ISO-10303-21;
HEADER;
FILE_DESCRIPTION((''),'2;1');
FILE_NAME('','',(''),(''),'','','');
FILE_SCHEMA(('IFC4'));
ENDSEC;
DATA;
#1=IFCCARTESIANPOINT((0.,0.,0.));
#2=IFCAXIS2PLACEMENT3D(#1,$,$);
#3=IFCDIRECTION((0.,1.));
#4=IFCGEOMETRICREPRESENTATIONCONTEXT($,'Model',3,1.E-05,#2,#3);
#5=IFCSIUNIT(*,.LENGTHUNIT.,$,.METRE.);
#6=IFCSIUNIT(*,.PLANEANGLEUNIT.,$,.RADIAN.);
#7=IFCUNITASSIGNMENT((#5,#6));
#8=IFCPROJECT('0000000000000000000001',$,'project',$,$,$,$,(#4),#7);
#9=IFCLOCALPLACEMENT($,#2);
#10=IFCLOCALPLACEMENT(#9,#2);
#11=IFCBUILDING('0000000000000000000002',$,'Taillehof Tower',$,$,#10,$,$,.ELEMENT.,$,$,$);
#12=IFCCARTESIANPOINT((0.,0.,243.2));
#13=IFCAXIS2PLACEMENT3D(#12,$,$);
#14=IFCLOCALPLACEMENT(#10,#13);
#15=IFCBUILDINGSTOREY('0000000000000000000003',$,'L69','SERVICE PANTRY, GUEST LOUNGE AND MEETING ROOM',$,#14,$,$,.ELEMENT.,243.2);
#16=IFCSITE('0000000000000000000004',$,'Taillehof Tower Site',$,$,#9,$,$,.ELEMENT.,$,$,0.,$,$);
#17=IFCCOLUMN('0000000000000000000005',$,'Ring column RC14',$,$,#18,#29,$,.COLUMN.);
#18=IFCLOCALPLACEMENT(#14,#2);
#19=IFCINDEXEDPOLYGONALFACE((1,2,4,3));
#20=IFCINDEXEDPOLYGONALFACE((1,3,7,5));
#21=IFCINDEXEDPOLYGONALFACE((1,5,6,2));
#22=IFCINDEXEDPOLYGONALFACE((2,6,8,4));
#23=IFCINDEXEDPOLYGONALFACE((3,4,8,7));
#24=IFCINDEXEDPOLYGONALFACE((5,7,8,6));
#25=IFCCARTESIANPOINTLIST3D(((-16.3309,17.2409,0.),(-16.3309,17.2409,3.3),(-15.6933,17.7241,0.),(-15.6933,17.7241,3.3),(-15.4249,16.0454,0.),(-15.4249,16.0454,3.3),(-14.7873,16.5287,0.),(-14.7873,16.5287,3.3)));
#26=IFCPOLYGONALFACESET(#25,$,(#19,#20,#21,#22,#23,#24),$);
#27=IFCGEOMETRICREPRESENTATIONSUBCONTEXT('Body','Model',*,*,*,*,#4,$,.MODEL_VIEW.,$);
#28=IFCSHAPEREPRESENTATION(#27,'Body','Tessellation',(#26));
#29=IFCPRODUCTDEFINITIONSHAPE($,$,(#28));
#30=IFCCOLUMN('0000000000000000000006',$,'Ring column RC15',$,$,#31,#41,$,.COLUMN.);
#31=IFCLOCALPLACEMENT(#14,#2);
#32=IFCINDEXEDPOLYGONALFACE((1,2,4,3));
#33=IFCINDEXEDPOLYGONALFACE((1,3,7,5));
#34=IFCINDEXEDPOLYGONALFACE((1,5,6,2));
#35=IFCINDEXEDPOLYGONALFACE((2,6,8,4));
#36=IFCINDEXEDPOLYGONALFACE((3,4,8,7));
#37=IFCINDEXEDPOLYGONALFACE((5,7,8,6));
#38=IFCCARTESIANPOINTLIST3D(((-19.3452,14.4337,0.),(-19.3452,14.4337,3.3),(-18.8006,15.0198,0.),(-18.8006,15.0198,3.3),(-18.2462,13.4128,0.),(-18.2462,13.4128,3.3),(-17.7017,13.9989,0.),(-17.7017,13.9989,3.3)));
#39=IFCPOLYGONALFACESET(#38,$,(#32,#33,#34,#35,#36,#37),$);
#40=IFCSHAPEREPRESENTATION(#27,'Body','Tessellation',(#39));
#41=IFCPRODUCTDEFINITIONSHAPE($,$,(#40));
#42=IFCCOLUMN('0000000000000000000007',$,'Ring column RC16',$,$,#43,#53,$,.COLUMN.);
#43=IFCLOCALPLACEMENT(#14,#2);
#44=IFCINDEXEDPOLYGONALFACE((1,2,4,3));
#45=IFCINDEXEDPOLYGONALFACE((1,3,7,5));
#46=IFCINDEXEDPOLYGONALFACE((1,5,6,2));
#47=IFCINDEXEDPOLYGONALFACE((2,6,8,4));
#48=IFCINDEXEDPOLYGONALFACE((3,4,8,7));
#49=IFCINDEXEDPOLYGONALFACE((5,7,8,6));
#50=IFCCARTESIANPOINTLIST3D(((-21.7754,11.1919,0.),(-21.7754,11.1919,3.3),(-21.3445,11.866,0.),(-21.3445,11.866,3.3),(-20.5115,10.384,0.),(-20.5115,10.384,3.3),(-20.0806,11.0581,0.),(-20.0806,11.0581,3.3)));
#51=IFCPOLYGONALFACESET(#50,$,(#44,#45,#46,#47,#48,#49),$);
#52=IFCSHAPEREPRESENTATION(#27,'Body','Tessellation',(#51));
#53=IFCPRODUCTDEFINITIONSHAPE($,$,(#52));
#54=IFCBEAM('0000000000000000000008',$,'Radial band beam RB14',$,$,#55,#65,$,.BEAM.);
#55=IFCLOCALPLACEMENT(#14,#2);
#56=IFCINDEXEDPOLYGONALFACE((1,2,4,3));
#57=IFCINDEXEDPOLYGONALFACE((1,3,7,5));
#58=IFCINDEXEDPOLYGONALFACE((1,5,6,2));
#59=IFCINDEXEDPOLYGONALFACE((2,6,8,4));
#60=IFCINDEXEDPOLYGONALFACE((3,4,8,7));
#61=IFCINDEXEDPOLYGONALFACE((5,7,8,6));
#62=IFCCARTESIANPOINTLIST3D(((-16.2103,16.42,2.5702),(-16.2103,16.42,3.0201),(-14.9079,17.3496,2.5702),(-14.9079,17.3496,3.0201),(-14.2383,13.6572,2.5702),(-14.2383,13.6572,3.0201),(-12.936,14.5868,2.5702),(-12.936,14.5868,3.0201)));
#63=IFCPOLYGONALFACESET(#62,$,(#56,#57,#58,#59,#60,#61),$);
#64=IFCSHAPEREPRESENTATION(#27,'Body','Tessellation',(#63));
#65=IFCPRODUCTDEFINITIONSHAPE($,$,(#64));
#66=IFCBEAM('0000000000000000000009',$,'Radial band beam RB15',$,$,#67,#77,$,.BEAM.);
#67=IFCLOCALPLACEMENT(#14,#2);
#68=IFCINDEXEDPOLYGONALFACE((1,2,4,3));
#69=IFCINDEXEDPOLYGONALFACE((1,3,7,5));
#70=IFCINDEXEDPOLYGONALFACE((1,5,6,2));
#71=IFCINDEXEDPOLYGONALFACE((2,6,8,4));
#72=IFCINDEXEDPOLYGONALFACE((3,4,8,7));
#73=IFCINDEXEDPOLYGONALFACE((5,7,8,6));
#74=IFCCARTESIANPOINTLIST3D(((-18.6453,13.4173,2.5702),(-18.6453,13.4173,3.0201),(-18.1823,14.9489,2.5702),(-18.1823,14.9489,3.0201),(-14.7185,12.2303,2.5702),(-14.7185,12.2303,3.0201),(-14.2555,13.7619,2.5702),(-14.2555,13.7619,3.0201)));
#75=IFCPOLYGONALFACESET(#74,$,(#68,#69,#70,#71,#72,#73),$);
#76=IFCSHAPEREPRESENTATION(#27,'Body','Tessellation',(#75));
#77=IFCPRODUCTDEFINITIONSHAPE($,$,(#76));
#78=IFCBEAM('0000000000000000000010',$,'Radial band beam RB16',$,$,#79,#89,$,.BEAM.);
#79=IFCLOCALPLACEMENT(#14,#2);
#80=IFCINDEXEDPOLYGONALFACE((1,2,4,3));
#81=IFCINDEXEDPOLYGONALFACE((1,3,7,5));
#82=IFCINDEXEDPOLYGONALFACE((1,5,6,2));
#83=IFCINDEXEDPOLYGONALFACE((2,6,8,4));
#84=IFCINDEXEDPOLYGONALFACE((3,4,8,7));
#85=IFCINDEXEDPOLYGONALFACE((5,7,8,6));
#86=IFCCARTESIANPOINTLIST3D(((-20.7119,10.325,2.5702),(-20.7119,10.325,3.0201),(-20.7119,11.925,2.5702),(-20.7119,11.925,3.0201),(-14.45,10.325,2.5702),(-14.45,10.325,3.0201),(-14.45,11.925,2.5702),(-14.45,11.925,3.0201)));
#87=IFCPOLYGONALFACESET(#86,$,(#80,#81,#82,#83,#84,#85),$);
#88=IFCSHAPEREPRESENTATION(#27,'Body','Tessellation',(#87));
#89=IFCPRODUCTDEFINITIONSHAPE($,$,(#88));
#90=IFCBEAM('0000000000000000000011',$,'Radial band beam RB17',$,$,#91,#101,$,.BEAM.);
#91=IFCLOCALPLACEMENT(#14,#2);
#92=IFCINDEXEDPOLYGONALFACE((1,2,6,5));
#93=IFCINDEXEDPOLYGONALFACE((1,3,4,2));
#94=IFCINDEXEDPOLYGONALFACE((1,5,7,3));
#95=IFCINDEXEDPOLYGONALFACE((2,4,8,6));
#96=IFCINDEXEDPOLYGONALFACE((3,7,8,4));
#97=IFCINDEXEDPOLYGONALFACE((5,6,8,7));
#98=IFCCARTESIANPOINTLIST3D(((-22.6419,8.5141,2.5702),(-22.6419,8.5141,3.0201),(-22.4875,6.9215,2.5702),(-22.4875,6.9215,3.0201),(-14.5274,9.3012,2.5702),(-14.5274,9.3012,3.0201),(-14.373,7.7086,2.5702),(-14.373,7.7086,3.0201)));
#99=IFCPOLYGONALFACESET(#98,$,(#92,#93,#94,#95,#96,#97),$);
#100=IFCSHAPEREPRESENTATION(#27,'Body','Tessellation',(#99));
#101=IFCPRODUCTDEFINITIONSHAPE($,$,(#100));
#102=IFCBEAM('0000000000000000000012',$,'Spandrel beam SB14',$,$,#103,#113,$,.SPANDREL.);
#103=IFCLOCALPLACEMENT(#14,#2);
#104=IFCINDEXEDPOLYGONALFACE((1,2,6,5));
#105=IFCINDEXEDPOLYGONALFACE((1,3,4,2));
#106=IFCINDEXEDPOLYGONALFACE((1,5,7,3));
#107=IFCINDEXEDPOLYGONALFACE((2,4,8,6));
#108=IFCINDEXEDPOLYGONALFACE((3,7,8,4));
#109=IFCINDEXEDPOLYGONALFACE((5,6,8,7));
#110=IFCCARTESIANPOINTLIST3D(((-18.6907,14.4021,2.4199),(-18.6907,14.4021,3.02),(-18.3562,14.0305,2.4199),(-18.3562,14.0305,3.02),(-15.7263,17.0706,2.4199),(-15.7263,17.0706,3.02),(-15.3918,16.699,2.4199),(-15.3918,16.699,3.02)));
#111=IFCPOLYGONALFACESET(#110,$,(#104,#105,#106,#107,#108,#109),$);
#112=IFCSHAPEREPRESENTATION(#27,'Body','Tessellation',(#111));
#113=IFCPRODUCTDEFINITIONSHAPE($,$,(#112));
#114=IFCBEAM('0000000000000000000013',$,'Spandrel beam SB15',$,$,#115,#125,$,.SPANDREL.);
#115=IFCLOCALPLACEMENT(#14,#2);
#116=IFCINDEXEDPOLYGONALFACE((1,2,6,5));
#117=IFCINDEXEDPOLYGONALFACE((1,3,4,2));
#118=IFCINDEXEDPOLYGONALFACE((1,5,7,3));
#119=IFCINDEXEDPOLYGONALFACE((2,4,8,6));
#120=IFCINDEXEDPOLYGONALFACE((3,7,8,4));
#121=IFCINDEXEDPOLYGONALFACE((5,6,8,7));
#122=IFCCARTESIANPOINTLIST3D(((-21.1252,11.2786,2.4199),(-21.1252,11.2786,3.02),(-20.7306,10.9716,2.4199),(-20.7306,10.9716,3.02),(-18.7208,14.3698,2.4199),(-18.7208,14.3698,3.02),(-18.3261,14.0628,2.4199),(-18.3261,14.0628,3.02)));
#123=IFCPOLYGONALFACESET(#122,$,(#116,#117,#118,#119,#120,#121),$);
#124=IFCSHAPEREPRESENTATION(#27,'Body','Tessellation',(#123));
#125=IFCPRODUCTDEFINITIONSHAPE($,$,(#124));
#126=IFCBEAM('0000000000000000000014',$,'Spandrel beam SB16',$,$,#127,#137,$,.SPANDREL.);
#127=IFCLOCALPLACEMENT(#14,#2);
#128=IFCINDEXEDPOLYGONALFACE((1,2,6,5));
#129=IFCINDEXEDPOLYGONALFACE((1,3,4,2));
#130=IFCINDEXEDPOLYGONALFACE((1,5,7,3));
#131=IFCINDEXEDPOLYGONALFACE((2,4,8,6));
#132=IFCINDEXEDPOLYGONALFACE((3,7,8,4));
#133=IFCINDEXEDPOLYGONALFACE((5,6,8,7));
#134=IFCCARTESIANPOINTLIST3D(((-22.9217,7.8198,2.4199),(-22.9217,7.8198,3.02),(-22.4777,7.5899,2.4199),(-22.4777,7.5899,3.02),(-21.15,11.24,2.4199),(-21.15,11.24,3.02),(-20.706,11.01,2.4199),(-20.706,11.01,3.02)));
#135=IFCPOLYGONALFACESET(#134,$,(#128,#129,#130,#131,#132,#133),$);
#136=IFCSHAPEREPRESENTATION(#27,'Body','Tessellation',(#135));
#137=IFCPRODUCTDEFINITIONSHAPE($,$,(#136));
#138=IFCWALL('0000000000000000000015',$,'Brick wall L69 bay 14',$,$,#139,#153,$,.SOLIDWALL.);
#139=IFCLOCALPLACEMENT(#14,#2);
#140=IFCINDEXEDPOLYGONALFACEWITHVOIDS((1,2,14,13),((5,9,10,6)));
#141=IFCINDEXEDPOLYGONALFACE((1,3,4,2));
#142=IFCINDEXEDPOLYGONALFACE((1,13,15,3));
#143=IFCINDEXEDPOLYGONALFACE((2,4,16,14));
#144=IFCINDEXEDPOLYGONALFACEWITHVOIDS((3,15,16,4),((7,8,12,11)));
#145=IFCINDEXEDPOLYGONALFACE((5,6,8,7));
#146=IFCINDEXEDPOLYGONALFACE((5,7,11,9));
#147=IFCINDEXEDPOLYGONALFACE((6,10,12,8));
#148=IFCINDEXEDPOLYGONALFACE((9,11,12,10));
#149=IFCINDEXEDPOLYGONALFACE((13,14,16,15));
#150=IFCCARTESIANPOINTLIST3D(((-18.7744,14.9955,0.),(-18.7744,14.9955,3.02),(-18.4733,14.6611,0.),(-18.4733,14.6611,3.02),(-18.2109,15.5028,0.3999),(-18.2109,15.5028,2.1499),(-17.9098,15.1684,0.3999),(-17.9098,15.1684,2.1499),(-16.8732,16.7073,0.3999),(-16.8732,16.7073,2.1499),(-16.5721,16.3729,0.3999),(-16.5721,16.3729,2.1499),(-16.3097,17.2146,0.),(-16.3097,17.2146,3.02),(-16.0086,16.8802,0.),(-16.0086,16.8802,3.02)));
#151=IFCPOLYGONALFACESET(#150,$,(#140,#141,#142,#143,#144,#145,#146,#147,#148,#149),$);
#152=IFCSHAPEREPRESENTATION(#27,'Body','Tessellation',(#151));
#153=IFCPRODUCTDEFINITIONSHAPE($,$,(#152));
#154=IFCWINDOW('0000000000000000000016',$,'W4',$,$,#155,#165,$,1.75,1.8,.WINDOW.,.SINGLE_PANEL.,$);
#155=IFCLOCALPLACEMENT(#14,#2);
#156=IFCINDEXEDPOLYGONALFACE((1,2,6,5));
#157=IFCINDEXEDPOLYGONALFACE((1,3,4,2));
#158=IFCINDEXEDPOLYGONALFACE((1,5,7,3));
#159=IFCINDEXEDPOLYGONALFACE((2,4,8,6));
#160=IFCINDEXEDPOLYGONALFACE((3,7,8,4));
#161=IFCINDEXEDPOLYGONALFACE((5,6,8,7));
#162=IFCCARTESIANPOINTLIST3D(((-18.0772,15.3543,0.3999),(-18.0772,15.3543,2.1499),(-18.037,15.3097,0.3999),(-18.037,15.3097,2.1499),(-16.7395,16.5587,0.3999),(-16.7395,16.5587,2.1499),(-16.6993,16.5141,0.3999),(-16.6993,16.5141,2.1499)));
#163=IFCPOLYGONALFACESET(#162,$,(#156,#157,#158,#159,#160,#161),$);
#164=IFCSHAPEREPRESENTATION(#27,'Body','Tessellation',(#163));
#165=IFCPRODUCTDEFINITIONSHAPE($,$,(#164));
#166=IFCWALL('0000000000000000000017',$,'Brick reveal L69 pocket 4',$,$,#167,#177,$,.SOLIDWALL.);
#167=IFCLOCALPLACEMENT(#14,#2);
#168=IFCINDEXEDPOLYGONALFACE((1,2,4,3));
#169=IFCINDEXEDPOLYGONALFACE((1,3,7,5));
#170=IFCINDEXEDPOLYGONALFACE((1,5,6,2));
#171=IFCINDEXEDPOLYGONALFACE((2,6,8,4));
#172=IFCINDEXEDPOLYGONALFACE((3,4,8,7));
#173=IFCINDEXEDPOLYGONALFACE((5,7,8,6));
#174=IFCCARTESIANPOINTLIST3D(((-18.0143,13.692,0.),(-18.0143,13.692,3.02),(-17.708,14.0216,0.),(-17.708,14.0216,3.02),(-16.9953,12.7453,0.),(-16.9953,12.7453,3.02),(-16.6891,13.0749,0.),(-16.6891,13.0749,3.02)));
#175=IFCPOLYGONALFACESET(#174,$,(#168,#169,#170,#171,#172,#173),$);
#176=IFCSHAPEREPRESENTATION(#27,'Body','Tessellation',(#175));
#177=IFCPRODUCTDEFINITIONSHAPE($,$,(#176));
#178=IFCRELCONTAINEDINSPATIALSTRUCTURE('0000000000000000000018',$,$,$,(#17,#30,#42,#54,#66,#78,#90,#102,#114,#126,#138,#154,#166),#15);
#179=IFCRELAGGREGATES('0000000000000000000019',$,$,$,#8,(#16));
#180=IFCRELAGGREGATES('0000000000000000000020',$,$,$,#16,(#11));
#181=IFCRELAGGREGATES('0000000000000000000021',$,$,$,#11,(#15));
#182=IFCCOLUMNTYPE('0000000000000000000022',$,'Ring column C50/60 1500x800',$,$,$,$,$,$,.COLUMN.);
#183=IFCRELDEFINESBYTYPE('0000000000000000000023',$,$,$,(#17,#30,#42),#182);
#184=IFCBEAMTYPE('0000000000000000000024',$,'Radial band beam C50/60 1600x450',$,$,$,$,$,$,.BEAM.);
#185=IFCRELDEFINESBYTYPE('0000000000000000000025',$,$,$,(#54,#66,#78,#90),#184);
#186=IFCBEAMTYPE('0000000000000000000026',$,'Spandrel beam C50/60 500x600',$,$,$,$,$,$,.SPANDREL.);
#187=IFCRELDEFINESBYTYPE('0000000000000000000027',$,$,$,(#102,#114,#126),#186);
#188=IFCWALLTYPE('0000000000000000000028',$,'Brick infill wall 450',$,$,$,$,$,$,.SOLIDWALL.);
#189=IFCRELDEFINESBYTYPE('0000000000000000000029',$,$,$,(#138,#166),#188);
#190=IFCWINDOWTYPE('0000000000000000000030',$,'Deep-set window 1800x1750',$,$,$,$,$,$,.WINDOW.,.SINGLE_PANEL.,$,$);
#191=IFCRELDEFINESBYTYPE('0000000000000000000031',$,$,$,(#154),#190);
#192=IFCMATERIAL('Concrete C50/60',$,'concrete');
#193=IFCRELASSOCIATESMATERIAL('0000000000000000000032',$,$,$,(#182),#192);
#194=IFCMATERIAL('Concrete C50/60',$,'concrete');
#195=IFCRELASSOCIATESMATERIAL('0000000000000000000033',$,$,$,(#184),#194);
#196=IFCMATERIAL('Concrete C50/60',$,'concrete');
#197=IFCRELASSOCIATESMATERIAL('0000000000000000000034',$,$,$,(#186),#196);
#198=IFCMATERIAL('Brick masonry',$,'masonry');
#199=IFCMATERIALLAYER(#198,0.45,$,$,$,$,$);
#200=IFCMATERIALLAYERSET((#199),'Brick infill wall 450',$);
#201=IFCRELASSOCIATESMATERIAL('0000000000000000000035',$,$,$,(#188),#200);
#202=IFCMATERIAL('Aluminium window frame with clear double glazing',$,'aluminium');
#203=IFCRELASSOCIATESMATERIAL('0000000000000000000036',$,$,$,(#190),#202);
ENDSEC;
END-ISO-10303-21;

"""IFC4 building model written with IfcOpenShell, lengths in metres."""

from ifc_helpers import new_model, si_unit, direction, frame, frame_2d, origin, origin_2d, place, context, subcontext, project, spatial, rectangle, extrude, material, layer, layer_set, material_profile, profile_set, type_object, element, fill, save


model = new_model("IFC4")

# Units and contexts
model_context = context("Model", 3, precision=1e-05, world=origin(), true_north=direction((0.0, 1.0)))
body_context = subcontext(model_context, "Body", "Model", "MODEL_VIEW")
ifc_project = project(units=[si_unit("LENGTHUNIT", "METRE"), si_unit("PLANEANGLEUNIT", "RADIAN")], contexts=[model_context])

# Site, building, storey
site_placement = place(None, origin())
site = spatial("IfcSite", under=ifc_project, at=site_placement, Name="Taillehof Tower Site", CompositionType="ELEMENT", RefElevation=0.0)
building_placement = place(site_placement, origin())
building = spatial("IfcBuilding", under=site, at=building_placement, Name="Taillehof Tower", CompositionType="ELEMENT")
storey_placement = place(building_placement, frame((0.0, 0.0, 243.2)))
storey = spatial("IfcBuildingStorey", under=building, at=storey_placement, Name="L69", Description="SERVICE PANTRY, GUEST LOUNGE AND MEETING ROOM", CompositionType="ELEMENT", Elevation=243.2)

# Columns
ifc_material_1 = material(Name="Concrete C50/60", Category="concrete")
ifc_material_profile_1 = material_profile(ifc_material_1, rectangle(XDim=1.5, YDim=0.8, at=origin_2d()), Name="RC 1500x800")
ifc_profile_set_1 = profile_set([ifc_material_profile_1], Name="Concrete C50/60")
column_type = type_object("IfcColumnType", Name="Ring column C50/60 1500x800", PredefinedType="COLUMN", material=ifc_profile_set_1)
for number, where, z_axis, x_axis, name in (
    (1, (-15.5591, 16.8848, 0.0), (0.0, 0.0, 1.0), (-0.60402, 0.796969, 0.0), "Ring column RC14"),
    (2, (-18.5234, 14.2163, 0.0), (0.0, 0.0, 1.0), (-0.732636, 0.680621, 0.0), "Ring column RC15"),
    (3, (-20.928, 11.125, 0.0), (0.0, 0.0, 1.0), (-0.842574, 0.538581, 0.0), "Ring column RC16"),
):
    element("IfcColumn", number, at=place(storey_placement, frame(where, z_axis=z_axis, x_axis=x_axis)), inside=storey, type_object=column_type, Name=name, PredefinedType="COLUMN", context=body_context, shape_type="SweptSolid", body=[
        extrude(rectangle(XDim=1.5, YDim=0.8, at=origin_2d()), origin(), (0.0, 0.0, 1.0), 3.3),
    ])

# Beams
ifc_material_2 = material(Name="Concrete C50/60", Category="concrete")
ifc_material_profile_2 = material_profile(ifc_material_2, rectangle(XDim=1.6001, YDim=0.45, at=origin_2d()), Name="RC 1600x450")
ifc_profile_set_2 = profile_set([ifc_material_profile_2], Name="Concrete C50/60")
beam_type_1 = type_object("IfcBeamType", Name="Radial band beam C50/60 1600x450", PredefinedType="BEAM", material=ifc_profile_set_2)
beam_1_placement = place(storey_placement, frame((-15.5591, 16.8848, 2.7952), z_axis=(0.580959, -0.813933, 0.0), x_axis=(0.813933, 0.580959, 0.0)))
element("IfcBeam", 4, at=beam_1_placement, inside=storey, type_object=beam_type_1, Name="Radial band beam RB14", PredefinedType="BEAM", context=body_context, shape_type="SweptSolid", body=[
    extrude(rectangle(XDim=1.6001, YDim=0.45, at=origin_2d()), origin(), (0.0, 0.0, 1.0), 3.3943),
])
beam_2_placement = place(storey_placement, frame((-18.4138, 14.1831, 2.7952), z_axis=(0.957221, -0.289357, 0.0), x_axis=(0.289357, 0.957221, 0.0)))
element("IfcBeam", 5, at=beam_2_placement, inside=storey, type_object=beam_type_1, Name="Radial band beam RB15", PredefinedType="BEAM", context=body_context, shape_type="SweptSolid", body=[
    extrude(rectangle(XDim=1.6001, YDim=0.45, at=origin_2d()), origin(), (0.0, 0.0, 1.0), 4.1023),
])
beam_3_placement = place(storey_placement, frame((-20.7119, 11.125, 2.7952), z_axis=(1.0, 0.0, 0.0), x_axis=(0.0, 1.0, 0.0)))
element("IfcBeam", 6, at=beam_3_placement, inside=storey, type_object=beam_type_1, Name="Radial band beam RB16", PredefinedType="BEAM", context=body_context, shape_type="SweptSolid", body=[
    extrude(rectangle(XDim=1.6001, YDim=0.45, at=origin_2d()), origin(), (0.0, 0.0, 1.0), 6.262),
])
beam_4_placement = place(storey_placement, frame((-22.5647, 7.7178, 2.7952), z_axis=(0.995328, 0.096547, 0.0), x_axis=(-0.096547, 0.995328, 0.0)))
element("IfcBeam", 7, at=beam_4_placement, inside=storey, type_object=beam_type_1, Name="Radial band beam RB17", PredefinedType="BEAM", context=body_context, shape_type="SweptSolid", body=[
    extrude(rectangle(XDim=1.6001, YDim=0.45, at=origin_2d()), origin(), (0.0, 0.0, 1.0), 8.1526),
])
ifc_material_3 = material(Name="Concrete C50/60", Category="concrete")
ifc_material_profile_3 = material_profile(ifc_material_3, rectangle(XDim=0.5, YDim=0.6001, at=origin_2d()), Name="RC 500x600")
ifc_profile_set_3 = profile_set([ifc_material_profile_3], Name="Concrete C50/60")
beam_type_2 = type_object("IfcBeamType", Name="Spandrel beam C50/60 500x600", PredefinedType="SPANDREL", material=ifc_profile_set_3)
beam_5_placement = place(storey_placement, frame((-15.5591, 16.8848, 2.72), z_axis=(-0.743227, -0.669039, 0.0), x_axis=(0.669039, -0.743227, 0.0)))
element("IfcBeam", 8, at=beam_5_placement, inside=storey, type_object=beam_type_2, Name="Spandrel beam SB14", PredefinedType="SPANDREL", context=body_context, shape_type="SweptSolid", body=[
    extrude(rectangle(XDim=0.5, YDim=0.6001, at=origin_2d()), origin(), (0.0, 0.0, 1.0), 3.9885),
])
beam_6_placement = place(storey_placement, frame((-18.5234, 14.2163, 2.72), z_axis=(-0.613971, -0.789329, 0.0), x_axis=(0.789329, -0.613971, 0.0)))
element("IfcBeam", 9, at=beam_6_placement, inside=storey, type_object=beam_type_2, Name="Spandrel beam SB15", PredefinedType="SPANDREL", context=body_context, shape_type="SweptSolid", body=[
    extrude(rectangle(XDim=0.5, YDim=0.6001, at=origin_2d()), origin(), (0.0, 0.0, 1.0), 3.9163),
])
beam_7_placement = place(storey_placement, frame((-20.928, 11.125, 2.72), z_axis=(-0.459971, -0.887934, 0.0), x_axis=(0.887934, -0.459971, 0.0)))
element("IfcBeam", 10, at=beam_7_placement, inside=storey, type_object=beam_type_2, Name="Spandrel beam SB16", PredefinedType="SPANDREL", context=body_context, shape_type="SweptSolid", body=[
    extrude(rectangle(XDim=0.5, YDim=0.6001, at=origin_2d()), origin(), (0.0, 0.0, 1.0), 3.8518),
])

# Wall, opening, window
ifc_material_4 = material(Name="Brick masonry", Category="masonry")
ifc_layer_1 = layer(ifc_material_4, 0.45)
ifc_layer_set_1 = layer_set([ifc_layer_1], Name="Brick infill wall 450")
wall_type_1 = type_object("IfcWallType", Name="Brick infill wall 450", PredefinedType="SOLIDWALL", material=ifc_layer_set_1)
wall_1_placement = place(storey_placement, frame((-16.1592, 17.0474, 0.0), z_axis=(0.0, 0.0, 1.0), x_axis=(-0.743166, -0.669107, 0.0)))
wall_1 = element("IfcWall", 11, at=wall_1_placement, inside=storey, type_object=wall_type_1, Name="Brick wall L69 bay 14", PredefinedType="SOLIDWALL", context=body_context, shape_type="SweptSolid", body=[
    extrude(rectangle(XDim=3.3164, YDim=0.45, at=frame_2d((1.6582, 0.0))), origin(), (0.0, 0.0, 1.0), 3.02),
])
opening_1_placement = place(wall_1_placement, frame((0.7583, 0.0, 0.3999)))
opening_1 = element("IfcOpeningElement", 12, at=opening_1_placement, cuts=wall_1, PredefinedType="OPENING", context=body_context, shape_type="SweptSolid", body=[
    extrude(rectangle(XDim=1.8, YDim=1.75, at=frame_2d((0.8999, 0.875))), frame((0.0, 0.2349, 0.0), z_axis=(0.0, -1.0, 0.0), x_axis=(1.0, 0.0, 0.0)), (0.0, 0.0, 1.0), 0.47),
])
ifc_material_5 = material(Name="Aluminium window frame with clear double glazing", Category="aluminium")
window_type_1 = type_object("IfcWindowType", Name="Deep-set window 1800x1750", PartitioningType="SINGLE_PANEL", PredefinedType="WINDOW", material=ifc_material_5)
window_1_placement = place(opening_1_placement, origin())
window_1 = element("IfcWindow", 13, at=window_1_placement, inside=storey, type_object=window_type_1, Name="W4", OverallHeight=1.75, OverallWidth=1.8, PartitioningType="SINGLE_PANEL", PredefinedType="WINDOW", context=body_context, shape_type="SweptSolid", body=[
    extrude(rectangle(XDim=1.8, YDim=1.75, at=frame_2d((0.8999, 0.875))), frame((0.0, 0.0349, 0.0), z_axis=(0.0, -1.0, 0.0), x_axis=(1.0, 0.0, 0.0)), (0.0, 0.0, 1.0), 0.0601),
])
fill(opening_1, window_1)

# Wall
wall_2_placement = place(storey_placement, frame((-17.8611, 13.8567, 0.0), z_axis=(0.0, 0.0, 1.0), x_axis=(0.732606, -0.680653, 0.0)))
element("IfcWall", 14, at=wall_2_placement, inside=storey, type_object=wall_type_1, Name="Brick reveal L69 pocket 4", PredefinedType="SOLIDWALL", context=body_context, shape_type="SweptSolid", body=[
    extrude(rectangle(XDim=1.3909, YDim=0.45, at=frame_2d((0.6953, 0.0))), origin(), (0.0, 0.0, 1.0), 3.02),
])

save(model, "model.ifc")
